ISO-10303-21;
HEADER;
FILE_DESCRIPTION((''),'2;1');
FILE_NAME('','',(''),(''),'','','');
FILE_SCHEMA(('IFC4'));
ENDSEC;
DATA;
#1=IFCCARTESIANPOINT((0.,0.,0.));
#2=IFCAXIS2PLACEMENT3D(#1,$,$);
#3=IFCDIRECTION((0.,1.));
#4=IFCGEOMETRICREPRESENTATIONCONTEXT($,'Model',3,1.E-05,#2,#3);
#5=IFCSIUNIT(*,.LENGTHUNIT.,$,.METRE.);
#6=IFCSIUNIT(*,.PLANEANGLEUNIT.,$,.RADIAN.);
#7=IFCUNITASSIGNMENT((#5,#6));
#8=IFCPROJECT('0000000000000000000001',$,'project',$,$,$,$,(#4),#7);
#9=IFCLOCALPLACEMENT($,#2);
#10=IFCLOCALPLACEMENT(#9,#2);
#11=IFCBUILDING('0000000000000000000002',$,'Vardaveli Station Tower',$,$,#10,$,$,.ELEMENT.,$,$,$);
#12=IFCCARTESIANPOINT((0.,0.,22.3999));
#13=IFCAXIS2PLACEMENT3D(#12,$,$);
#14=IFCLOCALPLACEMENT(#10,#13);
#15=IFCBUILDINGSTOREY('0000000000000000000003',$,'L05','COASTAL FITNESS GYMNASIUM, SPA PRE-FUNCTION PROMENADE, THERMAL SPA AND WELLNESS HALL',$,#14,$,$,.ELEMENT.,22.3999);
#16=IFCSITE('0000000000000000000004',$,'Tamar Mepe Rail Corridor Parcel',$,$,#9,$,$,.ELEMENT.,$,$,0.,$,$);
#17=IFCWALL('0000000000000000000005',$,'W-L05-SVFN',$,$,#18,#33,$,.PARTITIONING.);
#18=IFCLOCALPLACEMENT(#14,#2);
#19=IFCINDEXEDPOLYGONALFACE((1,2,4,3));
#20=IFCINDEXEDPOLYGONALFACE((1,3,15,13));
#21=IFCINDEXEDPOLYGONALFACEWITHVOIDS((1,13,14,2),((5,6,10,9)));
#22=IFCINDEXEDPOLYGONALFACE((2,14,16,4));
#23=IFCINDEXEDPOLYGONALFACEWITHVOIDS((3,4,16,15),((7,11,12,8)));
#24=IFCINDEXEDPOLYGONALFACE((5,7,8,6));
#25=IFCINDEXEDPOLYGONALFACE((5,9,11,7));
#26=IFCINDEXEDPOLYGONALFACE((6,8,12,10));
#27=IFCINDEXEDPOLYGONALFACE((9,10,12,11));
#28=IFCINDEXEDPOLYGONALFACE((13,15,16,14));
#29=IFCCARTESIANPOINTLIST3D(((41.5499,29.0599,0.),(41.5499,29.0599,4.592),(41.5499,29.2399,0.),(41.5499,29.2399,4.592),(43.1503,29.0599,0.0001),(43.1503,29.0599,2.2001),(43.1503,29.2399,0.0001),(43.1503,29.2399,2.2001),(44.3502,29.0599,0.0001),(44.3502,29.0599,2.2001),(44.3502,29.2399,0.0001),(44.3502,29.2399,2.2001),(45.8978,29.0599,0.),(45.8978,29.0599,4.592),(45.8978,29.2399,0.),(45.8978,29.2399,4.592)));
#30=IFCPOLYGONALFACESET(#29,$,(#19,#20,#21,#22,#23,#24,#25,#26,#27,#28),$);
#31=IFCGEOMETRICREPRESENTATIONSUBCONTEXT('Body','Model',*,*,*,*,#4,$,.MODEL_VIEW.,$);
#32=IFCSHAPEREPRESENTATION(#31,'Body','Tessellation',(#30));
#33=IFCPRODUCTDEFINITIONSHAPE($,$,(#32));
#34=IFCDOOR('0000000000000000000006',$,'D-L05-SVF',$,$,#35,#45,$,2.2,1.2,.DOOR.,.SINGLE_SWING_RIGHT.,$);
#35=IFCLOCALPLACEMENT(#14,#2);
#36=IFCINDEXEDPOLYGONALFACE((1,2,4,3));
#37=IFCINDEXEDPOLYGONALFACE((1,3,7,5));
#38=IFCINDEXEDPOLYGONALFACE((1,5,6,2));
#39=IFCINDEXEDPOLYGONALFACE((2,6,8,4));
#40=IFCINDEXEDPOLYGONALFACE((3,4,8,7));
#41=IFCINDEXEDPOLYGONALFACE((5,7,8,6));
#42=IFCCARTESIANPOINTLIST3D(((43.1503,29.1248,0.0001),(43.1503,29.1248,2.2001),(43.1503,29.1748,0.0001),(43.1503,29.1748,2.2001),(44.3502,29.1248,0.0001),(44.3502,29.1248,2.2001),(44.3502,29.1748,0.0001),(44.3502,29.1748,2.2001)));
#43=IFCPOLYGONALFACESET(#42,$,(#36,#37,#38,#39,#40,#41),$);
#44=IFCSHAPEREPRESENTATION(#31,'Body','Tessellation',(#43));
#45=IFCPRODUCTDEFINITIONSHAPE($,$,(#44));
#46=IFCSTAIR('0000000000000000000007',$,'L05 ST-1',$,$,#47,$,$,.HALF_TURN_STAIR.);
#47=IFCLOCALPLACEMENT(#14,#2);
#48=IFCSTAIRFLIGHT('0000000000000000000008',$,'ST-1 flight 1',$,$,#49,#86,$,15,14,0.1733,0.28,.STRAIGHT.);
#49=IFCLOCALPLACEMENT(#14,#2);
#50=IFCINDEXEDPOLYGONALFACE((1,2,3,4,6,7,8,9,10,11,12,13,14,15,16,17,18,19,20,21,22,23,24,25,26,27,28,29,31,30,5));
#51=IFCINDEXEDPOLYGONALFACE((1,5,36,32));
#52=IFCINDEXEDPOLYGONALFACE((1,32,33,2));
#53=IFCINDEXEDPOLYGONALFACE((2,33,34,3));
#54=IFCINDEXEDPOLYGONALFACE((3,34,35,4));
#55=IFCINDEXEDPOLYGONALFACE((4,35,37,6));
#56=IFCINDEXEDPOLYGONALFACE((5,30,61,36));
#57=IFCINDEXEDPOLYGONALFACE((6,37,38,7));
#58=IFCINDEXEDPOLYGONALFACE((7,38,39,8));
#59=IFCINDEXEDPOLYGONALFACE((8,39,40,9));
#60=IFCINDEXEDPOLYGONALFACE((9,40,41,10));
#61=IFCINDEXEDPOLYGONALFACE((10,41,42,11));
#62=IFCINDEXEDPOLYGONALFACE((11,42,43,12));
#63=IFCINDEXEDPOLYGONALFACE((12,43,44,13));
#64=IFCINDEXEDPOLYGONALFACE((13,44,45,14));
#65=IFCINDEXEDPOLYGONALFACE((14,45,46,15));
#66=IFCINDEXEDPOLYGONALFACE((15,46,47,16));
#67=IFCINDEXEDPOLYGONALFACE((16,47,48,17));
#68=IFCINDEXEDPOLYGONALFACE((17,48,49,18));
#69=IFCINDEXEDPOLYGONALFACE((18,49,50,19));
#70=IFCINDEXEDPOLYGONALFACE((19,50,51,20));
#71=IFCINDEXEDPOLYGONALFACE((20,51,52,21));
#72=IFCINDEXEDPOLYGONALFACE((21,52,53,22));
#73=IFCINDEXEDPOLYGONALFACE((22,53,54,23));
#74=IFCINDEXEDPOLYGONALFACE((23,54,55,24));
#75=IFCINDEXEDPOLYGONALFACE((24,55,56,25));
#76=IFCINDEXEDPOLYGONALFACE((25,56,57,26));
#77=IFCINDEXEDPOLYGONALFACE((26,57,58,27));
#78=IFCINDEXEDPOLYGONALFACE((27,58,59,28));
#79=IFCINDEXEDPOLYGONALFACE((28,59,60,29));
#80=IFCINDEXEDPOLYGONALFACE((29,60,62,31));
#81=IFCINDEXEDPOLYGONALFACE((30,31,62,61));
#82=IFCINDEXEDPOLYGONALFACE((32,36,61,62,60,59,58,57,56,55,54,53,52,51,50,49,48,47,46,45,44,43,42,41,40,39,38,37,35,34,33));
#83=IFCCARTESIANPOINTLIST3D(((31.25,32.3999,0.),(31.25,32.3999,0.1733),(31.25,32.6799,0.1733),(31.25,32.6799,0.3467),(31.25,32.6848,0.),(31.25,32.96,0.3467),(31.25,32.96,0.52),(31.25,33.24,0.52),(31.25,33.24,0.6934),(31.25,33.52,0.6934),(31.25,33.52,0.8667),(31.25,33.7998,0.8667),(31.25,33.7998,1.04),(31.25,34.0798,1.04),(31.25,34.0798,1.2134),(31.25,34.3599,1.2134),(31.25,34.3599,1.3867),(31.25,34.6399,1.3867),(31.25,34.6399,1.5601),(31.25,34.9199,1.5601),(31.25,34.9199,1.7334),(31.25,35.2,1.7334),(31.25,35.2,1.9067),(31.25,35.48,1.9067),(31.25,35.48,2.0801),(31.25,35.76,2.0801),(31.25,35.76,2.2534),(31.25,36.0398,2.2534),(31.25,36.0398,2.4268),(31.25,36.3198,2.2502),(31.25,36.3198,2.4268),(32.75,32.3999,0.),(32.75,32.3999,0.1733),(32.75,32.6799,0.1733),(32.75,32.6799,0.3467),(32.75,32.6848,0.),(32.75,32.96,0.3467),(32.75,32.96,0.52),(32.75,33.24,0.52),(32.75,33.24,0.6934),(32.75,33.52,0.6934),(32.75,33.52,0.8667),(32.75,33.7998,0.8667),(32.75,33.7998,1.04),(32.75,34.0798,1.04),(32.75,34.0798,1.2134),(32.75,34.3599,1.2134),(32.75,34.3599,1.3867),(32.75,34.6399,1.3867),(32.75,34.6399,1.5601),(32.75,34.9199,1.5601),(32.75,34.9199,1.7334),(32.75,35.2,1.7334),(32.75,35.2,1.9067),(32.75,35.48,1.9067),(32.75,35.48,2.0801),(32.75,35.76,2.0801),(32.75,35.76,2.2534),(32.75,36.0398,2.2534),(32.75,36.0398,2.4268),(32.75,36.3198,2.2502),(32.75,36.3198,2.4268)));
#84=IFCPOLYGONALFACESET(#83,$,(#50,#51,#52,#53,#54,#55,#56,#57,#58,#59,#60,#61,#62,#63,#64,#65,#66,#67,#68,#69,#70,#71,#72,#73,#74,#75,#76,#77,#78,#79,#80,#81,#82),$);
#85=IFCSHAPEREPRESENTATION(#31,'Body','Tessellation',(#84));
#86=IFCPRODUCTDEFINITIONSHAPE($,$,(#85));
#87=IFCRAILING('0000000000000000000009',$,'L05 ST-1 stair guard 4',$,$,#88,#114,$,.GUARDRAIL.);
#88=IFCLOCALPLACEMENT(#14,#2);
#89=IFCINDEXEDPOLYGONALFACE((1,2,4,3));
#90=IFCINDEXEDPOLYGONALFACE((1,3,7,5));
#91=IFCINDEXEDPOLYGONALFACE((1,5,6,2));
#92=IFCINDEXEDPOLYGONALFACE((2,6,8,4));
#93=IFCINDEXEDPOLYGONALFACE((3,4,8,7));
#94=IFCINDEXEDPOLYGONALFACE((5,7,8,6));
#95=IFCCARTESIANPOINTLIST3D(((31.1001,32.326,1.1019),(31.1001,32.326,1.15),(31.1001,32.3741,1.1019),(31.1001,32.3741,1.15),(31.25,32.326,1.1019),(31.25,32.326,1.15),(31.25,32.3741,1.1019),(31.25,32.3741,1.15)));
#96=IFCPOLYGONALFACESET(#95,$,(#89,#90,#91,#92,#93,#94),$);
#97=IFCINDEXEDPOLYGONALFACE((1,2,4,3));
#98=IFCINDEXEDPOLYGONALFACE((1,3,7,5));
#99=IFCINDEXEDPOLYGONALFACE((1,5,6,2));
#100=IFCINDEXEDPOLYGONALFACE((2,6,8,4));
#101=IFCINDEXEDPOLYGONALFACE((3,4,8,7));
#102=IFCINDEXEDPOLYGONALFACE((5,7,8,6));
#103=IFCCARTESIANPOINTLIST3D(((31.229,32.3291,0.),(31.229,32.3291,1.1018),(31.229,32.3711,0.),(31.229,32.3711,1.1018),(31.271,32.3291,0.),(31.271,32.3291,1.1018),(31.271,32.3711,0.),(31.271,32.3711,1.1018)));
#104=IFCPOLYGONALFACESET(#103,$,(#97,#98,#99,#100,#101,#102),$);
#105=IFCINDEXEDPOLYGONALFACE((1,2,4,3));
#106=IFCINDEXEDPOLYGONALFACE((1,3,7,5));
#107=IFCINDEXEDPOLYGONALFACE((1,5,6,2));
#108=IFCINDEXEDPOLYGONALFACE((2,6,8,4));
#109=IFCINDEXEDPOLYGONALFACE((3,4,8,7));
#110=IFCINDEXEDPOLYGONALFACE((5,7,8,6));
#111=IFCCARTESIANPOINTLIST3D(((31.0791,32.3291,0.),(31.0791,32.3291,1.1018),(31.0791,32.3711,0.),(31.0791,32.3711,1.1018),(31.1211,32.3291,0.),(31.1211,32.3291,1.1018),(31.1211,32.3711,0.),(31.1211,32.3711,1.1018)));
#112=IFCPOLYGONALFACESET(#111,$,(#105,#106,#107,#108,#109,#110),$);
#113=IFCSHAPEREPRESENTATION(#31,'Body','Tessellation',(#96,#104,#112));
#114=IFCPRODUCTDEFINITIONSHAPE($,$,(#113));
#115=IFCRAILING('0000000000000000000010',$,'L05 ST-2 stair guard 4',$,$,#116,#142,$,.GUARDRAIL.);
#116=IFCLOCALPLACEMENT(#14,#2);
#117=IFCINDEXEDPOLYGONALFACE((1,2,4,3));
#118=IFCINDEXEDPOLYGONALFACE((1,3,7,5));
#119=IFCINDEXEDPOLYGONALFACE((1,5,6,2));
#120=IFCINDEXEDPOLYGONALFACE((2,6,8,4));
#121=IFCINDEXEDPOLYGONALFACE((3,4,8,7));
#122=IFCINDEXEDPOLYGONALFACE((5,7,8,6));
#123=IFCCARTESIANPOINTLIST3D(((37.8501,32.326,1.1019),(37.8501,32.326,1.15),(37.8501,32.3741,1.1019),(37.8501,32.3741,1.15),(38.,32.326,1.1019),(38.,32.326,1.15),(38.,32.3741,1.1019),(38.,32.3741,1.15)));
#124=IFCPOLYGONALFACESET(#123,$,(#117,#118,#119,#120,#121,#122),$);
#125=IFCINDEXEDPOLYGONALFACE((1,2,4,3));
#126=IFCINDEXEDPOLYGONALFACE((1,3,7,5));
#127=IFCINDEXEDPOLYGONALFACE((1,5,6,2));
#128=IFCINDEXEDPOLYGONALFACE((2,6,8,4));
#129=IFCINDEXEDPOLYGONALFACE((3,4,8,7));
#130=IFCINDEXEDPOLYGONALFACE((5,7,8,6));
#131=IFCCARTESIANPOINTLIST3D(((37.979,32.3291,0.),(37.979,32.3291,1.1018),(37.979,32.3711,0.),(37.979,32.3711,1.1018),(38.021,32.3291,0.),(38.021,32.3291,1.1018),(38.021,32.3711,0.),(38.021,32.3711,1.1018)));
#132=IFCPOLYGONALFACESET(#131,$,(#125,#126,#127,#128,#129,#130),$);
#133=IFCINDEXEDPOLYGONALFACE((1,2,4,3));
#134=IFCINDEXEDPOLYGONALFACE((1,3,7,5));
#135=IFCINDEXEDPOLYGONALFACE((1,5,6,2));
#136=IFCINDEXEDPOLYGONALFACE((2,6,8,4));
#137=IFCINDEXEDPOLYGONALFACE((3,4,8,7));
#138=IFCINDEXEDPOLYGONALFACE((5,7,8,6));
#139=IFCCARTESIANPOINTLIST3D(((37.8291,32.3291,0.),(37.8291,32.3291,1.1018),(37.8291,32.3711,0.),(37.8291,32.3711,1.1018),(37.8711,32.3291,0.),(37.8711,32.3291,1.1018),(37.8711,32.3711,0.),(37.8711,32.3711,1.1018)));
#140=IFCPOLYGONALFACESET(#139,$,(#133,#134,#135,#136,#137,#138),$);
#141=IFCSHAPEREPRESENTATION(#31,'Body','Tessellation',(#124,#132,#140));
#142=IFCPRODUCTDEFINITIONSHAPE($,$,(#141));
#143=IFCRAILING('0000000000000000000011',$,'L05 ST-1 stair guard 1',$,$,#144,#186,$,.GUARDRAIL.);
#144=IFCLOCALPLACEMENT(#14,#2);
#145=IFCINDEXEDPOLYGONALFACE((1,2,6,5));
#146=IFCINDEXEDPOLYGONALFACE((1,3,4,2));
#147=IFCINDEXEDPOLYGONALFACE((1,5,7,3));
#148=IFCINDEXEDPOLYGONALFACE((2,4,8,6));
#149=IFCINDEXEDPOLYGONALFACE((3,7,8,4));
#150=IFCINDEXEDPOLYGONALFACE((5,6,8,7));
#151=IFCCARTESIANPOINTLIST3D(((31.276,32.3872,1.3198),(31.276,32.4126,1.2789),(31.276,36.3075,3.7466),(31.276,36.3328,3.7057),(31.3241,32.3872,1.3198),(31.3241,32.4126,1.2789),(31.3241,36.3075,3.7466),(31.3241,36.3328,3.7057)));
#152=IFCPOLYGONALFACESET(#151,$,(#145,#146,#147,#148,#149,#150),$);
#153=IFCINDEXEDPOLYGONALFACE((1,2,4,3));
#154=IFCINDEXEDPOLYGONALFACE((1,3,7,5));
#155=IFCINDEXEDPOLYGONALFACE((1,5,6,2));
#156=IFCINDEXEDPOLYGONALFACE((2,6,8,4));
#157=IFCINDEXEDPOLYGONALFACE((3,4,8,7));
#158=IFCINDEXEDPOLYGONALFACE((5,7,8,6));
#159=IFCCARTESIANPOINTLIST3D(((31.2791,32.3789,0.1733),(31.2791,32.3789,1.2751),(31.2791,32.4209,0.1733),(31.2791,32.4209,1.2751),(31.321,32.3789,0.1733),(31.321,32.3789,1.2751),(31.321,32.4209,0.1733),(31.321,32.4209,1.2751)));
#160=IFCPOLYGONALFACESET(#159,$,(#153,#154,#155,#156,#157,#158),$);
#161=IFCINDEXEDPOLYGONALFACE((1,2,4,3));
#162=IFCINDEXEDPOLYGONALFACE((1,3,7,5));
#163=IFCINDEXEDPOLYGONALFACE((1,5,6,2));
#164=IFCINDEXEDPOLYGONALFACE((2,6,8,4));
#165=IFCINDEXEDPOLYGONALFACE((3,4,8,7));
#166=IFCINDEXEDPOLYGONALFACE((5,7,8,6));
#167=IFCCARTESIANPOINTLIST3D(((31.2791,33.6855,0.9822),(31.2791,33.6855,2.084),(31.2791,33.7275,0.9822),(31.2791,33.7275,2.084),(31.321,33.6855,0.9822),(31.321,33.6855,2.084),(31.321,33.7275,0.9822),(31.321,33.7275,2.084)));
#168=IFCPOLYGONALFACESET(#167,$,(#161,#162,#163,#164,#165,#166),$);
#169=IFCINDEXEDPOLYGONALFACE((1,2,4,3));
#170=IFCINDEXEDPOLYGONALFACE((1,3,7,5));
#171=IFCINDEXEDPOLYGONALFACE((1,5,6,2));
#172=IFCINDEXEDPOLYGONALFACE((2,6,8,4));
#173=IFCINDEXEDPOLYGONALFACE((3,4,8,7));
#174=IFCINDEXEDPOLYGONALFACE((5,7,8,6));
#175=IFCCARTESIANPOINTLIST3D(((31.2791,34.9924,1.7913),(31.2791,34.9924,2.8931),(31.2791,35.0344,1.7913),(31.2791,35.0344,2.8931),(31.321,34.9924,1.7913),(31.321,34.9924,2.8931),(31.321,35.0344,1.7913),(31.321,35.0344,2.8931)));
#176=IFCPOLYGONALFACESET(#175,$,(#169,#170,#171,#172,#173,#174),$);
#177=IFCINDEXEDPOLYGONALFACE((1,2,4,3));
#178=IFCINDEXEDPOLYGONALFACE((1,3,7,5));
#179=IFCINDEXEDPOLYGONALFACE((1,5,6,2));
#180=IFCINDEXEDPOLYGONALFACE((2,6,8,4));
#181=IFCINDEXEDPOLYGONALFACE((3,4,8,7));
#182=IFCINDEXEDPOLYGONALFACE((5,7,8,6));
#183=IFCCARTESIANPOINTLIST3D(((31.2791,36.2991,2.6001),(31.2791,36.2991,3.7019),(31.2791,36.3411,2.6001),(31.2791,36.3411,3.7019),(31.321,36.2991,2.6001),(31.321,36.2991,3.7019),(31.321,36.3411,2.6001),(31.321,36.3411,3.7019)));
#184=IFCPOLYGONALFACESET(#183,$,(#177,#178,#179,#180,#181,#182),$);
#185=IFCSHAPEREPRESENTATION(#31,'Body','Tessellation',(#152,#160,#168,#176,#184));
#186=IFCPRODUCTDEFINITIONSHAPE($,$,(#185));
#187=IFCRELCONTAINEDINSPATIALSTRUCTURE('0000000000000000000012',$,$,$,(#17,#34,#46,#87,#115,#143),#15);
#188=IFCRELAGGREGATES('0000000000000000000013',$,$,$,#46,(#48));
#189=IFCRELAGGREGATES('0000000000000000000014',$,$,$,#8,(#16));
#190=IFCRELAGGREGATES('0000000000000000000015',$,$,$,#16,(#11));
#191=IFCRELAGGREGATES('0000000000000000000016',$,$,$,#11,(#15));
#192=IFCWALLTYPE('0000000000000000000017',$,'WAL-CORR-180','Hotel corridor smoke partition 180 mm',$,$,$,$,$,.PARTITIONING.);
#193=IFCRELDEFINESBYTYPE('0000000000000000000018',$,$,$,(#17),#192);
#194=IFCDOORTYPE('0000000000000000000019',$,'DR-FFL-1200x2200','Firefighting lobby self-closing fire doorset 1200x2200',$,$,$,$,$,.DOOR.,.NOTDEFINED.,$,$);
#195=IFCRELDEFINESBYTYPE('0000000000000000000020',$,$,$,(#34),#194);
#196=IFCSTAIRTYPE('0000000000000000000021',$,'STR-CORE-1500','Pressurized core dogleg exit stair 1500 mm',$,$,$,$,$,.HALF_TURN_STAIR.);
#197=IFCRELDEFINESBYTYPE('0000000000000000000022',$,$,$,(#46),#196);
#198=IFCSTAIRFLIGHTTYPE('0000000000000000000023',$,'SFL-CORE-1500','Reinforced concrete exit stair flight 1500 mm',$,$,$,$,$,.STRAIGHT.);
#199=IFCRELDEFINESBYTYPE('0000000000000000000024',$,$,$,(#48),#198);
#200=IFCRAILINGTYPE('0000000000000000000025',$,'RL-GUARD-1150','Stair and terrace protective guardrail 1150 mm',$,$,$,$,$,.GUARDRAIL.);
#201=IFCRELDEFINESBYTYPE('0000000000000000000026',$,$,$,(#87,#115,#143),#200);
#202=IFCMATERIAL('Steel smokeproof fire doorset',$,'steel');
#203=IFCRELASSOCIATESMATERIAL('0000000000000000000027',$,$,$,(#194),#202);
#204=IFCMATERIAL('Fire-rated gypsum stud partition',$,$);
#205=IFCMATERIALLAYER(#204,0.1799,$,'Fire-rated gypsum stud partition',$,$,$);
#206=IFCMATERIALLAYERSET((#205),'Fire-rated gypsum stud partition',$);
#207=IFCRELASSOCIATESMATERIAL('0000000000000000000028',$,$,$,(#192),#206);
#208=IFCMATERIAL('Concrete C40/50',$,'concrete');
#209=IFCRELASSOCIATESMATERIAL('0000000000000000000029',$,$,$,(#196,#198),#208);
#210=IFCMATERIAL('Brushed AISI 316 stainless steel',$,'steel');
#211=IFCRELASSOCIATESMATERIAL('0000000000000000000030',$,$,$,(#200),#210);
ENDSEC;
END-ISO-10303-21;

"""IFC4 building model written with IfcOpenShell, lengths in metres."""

from ifc_helpers import new_model, si_unit, direction, frame, frame_2d, origin, origin_2d, place, context, subcontext, project, spatial, polyline, rectangle, outline, extrude, source, transform, mapped, material, layer, layer_set, type_object, element, fill, aggregate, save


model = new_model("IFC4")

# Units and contexts
model_context = context("Model", 3, precision=1e-05, world=origin(), true_north=direction((0.0, 1.0)))
body_context = subcontext(model_context, "Body", "Model", "MODEL_VIEW")
ifc_project = project(units=[si_unit("LENGTHUNIT", "METRE"), si_unit("PLANEANGLEUNIT", "RADIAN")], contexts=[model_context])

# Site, building, storey
site_placement = place(None, origin())
site = spatial("IfcSite", under=ifc_project, at=site_placement, Name="Tamar Mepe Rail Corridor Parcel", CompositionType="ELEMENT", RefElevation=0.0)
building_placement = place(site_placement, origin())
building = spatial("IfcBuilding", under=site, at=building_placement, Name="Vardaveli Station Tower", CompositionType="ELEMENT")
storey_placement = place(building_placement, frame((0.0, 0.0, 22.3999)))
storey = spatial("IfcBuildingStorey", under=building, at=storey_placement, Name="L05", Description="COASTAL FITNESS GYMNASIUM, SPA PRE-FUNCTION PROMENADE, THERMAL SPA AND WELLNESS HALL", CompositionType="ELEMENT", Elevation=22.3999)

# Shared definitions
ifc_material_1 = material(Name="Concrete C40/50", Category="concrete")

# Wall, opening, door
ifc_material_2 = material(Name="Steel smokeproof fire doorset", Category="steel")
door_type_1 = type_object("IfcDoorType", Name="DR-FFL-1200x2200", Description="Firefighting lobby self-closing fire doorset 1200x2200", OperationType="NOTDEFINED", PredefinedType="DOOR", material=ifc_material_2)
shared_shape_1 = source(origin(), body_context, "Body", "SweptSolid", [
    extrude(rectangle(XDim=1.2, YDim=2.2, at=frame_2d((0.6001, 1.1001))), frame((0.0, 0.0249, 0.0), z_axis=(0.0, -1.0, 0.0), x_axis=(1.0, 0.0, 0.0)), (0.0, 0.0, 1.0), 0.05),
])
ifc_material_3 = material(Name="Fire-rated gypsum stud partition")
ifc_layer_1 = layer(ifc_material_3, 0.1799, Name="Fire-rated gypsum stud partition")
ifc_layer_set_1 = layer_set([ifc_layer_1], Name="Fire-rated gypsum stud partition")
wall_type_1 = type_object("IfcWallType", Name="WAL-CORR-180", Description="Hotel corridor smoke partition 180 mm", PredefinedType="PARTITIONING", material=ifc_layer_set_1)
shared_shape_2 = source(origin(), body_context, "Body", "SweptSolid", [
    extrude(rectangle(XDim=4.3479, YDim=0.1799, at=frame_2d((2.1738, 0.0))), origin(), (0.0, 0.0, 1.0), 4.592),
])
wall_1_placement = place(storey_placement, frame((41.55, 29.1499, 0.0), z_axis=(0.0, 0.0, 1.0), x_axis=(1.0, 0.0, 0.0)))
wall_1 = element("IfcWall", 1, at=wall_1_placement, inside=storey, type_object=wall_type_1, Name="W-L05-SVFN", PredefinedType="PARTITIONING", context=body_context, shape_type="MappedRepresentation", body=[
    mapped(shared_shape_2, transform((0.0, 0.0, 0.0), scale=1.0)),
])
shared_shape_3 = source(origin(), body_context, "Body", "SweptSolid", [
    extrude(rectangle(XDim=1.2, YDim=2.2, at=frame_2d((0.6001, 1.1001))), frame((0.0, 0.1001, 0.0), z_axis=(0.0, -1.0, 0.0), x_axis=(1.0, 0.0, 0.0)), (0.0, 0.0, 1.0), 0.2),
])
opening_1_placement = place(wall_1_placement, frame((1.6001, 0.0, 0.0)))
opening_1 = element("IfcOpeningElement", 2, at=opening_1_placement, cuts=wall_1, PredefinedType="OPENING", context=body_context, shape_type="MappedRepresentation", body=[
    mapped(shared_shape_3, transform((0.0, 0.0, 0.0), scale=1.0)),
])
door_1_placement = place(opening_1_placement, origin())
door_1 = element("IfcDoor", 3, at=door_1_placement, inside=storey, type_object=door_type_1, Name="D-L05-SVF", OperationType="SINGLE_SWING_RIGHT", OverallHeight=2.2, OverallWidth=1.2, PredefinedType="DOOR", context=body_context, shape_type="MappedRepresentation", body=[
    mapped(shared_shape_1, transform((0.0, 0.0, 0.0), scale=1.0)),
])
fill(opening_1, door_1)

# Stair, stair flight
stair_type = type_object("IfcStairType", Name="STR-CORE-1500", Description="Pressurized core dogleg exit stair 1500 mm", PredefinedType="HALF_TURN_STAIR", material=ifc_material_1)
stair_placement = place(storey_placement, origin())
stair = element("IfcStair", 4, at=stair_placement, inside=storey, type_object=stair_type, Name="L05 ST-1", PredefinedType="HALF_TURN_STAIR")
stair_flight_type = type_object("IfcStairFlightType", Name="SFL-CORE-1500", Description="Reinforced concrete exit stair flight 1500 mm", PredefinedType="STRAIGHT", material=ifc_material_1)
shared_shape_4 = source(origin(), body_context, "Body", "SweptSolid", [
    extrude(outline(polyline([(0.0, 0.0), (0.0, 0.1733), (0.28, 0.1733), (0.28, 0.3467), (0.5601, 0.3467), (0.5601, 0.52), (0.8401, 0.52), (0.8401, 0.6934), (1.1201, 0.6934), (1.1201, 0.8667), (1.3999, 0.8667), (1.3999, 1.04), (1.6799, 1.04), (1.6799, 1.2134), (1.96, 1.2134), (1.96, 1.3867), (2.24, 1.3867), (2.24, 1.5601), (2.52, 1.5601), (2.52, 1.7334), (2.8, 1.7334), (2.8, 1.9067), (3.0801, 1.9067), (3.0801, 2.0801), (3.3601, 2.0801), (3.3601, 2.2534), (3.6399, 2.2534), (3.6399, 2.4268), (3.9199, 2.4268), (3.9199, 2.6001), (3.9199, 2.2502), (0.2849, 0.0), (0.0, 0.0)])), frame((0.0, 0.75, 0.0), z_axis=(0.0, -1.0, 0.0), x_axis=(1.0, 0.0, 0.0)), (0.0, 0.0, 1.0), 1.5),
])
stair_flight_placement = place(storey_placement, frame((32.0, 32.3999, 0.0), z_axis=(0.0, 0.0, 1.0), x_axis=(0.0, 1.0, 0.0)))
stair_flight = element("IfcStairFlight", 5, at=stair_flight_placement, type_object=stair_flight_type, Name="ST-1 flight 1", NumberOfRisers=15, NumberOfTreads=14, PredefinedType="STRAIGHT", RiserHeight=0.1733, TreadLength=0.28, context=body_context, shape_type="MappedRepresentation", body=[
    mapped(shared_shape_4, transform((0.0, 0.0, 0.0), scale=1.0)),
])
aggregate(stair, [stair_flight])

# Railings
ifc_material_4 = material(Name="Brushed AISI 316 stainless steel", Category="steel")
railing_type_1 = type_object("IfcRailingType", Name="RL-GUARD-1150", Description="Stair and terrace protective guardrail 1150 mm", PredefinedType="GUARDRAIL", material=ifc_material_4)
shared_shape_5 = source(origin(), body_context, "Body", "SweptSolid", [
    extrude(rectangle(XDim=0.0481, YDim=0.0481, at=origin_2d()), frame((0.0, 0.0, 1.126), z_axis=(-1.0, 0.0, 0.0), x_axis=(0.0, -1.0, 0.0)), (0.0, 0.0, 1.0), 0.1499),
    extrude(rectangle(XDim=0.042, YDim=0.042, at=origin_2d()), origin(), (0.0, 0.0, 1.0), 1.1018),
    extrude(rectangle(XDim=0.042, YDim=0.042, at=origin_2d()), frame((-0.1499, 0.0, 0.0)), (0.0, 0.0, 1.0), 1.1018),
])
for number, where, name in (
    (6, (31.25, 32.3501, 0.0), "L05 ST-1 stair guard 4"),
    (7, (38.0, 32.3501, 0.0), "L05 ST-2 stair guard 4"),
):
    element("IfcRailing", number, at=place(storey_placement, frame(where)), inside=storey, type_object=railing_type_1, Name=name, PredefinedType="GUARDRAIL", context=body_context, shape_type="MappedRepresentation", body=[
        mapped(shared_shape_5, transform((0.0, 0.0, 0.0), scale=1.0)),
    ])
shared_shape_6 = source(origin(), body_context, "Body", "SweptSolid", [
    extrude(rectangle(XDim=0.0481, YDim=0.0481, at=origin_2d()), frame((0.0, 0.0, 1.126), z_axis=(0.0, 0.850266, 0.526353), x_axis=(-1.0, 0.0, 0.0)), (0.0, 0.0, 1.0), 4.6106),
    extrude(rectangle(XDim=0.042, YDim=0.042, at=origin_2d()), origin(), (0.0, 0.0, 1.0), 1.1018),
    extrude(rectangle(XDim=0.042, YDim=0.042, at=origin_2d()), frame((0.0, 1.3066, 0.8088)), (0.0, 0.0, 1.0), 1.1018),
    extrude(rectangle(XDim=0.042, YDim=0.042, at=origin_2d()), frame((0.0, 2.6135, 1.6179)), (0.0, 0.0, 1.0), 1.1018),
    extrude(rectangle(XDim=0.042, YDim=0.042, at=origin_2d()), frame((0.0, 3.9202, 2.4268)), (0.0, 0.0, 1.0), 1.1018),
])
railing_1_placement = place(storey_placement, frame((31.3, 32.3999, 0.1733)))
element("IfcRailing", 8, at=railing_1_placement, inside=storey, type_object=railing_type_1, Name="L05 ST-1 stair guard 1", PredefinedType="GUARDRAIL", context=body_context, shape_type="MappedRepresentation", body=[
    mapped(shared_shape_6, transform((0.0, 0.0, 0.0), scale=1.0)),
])

save(model, "model.ifc")
